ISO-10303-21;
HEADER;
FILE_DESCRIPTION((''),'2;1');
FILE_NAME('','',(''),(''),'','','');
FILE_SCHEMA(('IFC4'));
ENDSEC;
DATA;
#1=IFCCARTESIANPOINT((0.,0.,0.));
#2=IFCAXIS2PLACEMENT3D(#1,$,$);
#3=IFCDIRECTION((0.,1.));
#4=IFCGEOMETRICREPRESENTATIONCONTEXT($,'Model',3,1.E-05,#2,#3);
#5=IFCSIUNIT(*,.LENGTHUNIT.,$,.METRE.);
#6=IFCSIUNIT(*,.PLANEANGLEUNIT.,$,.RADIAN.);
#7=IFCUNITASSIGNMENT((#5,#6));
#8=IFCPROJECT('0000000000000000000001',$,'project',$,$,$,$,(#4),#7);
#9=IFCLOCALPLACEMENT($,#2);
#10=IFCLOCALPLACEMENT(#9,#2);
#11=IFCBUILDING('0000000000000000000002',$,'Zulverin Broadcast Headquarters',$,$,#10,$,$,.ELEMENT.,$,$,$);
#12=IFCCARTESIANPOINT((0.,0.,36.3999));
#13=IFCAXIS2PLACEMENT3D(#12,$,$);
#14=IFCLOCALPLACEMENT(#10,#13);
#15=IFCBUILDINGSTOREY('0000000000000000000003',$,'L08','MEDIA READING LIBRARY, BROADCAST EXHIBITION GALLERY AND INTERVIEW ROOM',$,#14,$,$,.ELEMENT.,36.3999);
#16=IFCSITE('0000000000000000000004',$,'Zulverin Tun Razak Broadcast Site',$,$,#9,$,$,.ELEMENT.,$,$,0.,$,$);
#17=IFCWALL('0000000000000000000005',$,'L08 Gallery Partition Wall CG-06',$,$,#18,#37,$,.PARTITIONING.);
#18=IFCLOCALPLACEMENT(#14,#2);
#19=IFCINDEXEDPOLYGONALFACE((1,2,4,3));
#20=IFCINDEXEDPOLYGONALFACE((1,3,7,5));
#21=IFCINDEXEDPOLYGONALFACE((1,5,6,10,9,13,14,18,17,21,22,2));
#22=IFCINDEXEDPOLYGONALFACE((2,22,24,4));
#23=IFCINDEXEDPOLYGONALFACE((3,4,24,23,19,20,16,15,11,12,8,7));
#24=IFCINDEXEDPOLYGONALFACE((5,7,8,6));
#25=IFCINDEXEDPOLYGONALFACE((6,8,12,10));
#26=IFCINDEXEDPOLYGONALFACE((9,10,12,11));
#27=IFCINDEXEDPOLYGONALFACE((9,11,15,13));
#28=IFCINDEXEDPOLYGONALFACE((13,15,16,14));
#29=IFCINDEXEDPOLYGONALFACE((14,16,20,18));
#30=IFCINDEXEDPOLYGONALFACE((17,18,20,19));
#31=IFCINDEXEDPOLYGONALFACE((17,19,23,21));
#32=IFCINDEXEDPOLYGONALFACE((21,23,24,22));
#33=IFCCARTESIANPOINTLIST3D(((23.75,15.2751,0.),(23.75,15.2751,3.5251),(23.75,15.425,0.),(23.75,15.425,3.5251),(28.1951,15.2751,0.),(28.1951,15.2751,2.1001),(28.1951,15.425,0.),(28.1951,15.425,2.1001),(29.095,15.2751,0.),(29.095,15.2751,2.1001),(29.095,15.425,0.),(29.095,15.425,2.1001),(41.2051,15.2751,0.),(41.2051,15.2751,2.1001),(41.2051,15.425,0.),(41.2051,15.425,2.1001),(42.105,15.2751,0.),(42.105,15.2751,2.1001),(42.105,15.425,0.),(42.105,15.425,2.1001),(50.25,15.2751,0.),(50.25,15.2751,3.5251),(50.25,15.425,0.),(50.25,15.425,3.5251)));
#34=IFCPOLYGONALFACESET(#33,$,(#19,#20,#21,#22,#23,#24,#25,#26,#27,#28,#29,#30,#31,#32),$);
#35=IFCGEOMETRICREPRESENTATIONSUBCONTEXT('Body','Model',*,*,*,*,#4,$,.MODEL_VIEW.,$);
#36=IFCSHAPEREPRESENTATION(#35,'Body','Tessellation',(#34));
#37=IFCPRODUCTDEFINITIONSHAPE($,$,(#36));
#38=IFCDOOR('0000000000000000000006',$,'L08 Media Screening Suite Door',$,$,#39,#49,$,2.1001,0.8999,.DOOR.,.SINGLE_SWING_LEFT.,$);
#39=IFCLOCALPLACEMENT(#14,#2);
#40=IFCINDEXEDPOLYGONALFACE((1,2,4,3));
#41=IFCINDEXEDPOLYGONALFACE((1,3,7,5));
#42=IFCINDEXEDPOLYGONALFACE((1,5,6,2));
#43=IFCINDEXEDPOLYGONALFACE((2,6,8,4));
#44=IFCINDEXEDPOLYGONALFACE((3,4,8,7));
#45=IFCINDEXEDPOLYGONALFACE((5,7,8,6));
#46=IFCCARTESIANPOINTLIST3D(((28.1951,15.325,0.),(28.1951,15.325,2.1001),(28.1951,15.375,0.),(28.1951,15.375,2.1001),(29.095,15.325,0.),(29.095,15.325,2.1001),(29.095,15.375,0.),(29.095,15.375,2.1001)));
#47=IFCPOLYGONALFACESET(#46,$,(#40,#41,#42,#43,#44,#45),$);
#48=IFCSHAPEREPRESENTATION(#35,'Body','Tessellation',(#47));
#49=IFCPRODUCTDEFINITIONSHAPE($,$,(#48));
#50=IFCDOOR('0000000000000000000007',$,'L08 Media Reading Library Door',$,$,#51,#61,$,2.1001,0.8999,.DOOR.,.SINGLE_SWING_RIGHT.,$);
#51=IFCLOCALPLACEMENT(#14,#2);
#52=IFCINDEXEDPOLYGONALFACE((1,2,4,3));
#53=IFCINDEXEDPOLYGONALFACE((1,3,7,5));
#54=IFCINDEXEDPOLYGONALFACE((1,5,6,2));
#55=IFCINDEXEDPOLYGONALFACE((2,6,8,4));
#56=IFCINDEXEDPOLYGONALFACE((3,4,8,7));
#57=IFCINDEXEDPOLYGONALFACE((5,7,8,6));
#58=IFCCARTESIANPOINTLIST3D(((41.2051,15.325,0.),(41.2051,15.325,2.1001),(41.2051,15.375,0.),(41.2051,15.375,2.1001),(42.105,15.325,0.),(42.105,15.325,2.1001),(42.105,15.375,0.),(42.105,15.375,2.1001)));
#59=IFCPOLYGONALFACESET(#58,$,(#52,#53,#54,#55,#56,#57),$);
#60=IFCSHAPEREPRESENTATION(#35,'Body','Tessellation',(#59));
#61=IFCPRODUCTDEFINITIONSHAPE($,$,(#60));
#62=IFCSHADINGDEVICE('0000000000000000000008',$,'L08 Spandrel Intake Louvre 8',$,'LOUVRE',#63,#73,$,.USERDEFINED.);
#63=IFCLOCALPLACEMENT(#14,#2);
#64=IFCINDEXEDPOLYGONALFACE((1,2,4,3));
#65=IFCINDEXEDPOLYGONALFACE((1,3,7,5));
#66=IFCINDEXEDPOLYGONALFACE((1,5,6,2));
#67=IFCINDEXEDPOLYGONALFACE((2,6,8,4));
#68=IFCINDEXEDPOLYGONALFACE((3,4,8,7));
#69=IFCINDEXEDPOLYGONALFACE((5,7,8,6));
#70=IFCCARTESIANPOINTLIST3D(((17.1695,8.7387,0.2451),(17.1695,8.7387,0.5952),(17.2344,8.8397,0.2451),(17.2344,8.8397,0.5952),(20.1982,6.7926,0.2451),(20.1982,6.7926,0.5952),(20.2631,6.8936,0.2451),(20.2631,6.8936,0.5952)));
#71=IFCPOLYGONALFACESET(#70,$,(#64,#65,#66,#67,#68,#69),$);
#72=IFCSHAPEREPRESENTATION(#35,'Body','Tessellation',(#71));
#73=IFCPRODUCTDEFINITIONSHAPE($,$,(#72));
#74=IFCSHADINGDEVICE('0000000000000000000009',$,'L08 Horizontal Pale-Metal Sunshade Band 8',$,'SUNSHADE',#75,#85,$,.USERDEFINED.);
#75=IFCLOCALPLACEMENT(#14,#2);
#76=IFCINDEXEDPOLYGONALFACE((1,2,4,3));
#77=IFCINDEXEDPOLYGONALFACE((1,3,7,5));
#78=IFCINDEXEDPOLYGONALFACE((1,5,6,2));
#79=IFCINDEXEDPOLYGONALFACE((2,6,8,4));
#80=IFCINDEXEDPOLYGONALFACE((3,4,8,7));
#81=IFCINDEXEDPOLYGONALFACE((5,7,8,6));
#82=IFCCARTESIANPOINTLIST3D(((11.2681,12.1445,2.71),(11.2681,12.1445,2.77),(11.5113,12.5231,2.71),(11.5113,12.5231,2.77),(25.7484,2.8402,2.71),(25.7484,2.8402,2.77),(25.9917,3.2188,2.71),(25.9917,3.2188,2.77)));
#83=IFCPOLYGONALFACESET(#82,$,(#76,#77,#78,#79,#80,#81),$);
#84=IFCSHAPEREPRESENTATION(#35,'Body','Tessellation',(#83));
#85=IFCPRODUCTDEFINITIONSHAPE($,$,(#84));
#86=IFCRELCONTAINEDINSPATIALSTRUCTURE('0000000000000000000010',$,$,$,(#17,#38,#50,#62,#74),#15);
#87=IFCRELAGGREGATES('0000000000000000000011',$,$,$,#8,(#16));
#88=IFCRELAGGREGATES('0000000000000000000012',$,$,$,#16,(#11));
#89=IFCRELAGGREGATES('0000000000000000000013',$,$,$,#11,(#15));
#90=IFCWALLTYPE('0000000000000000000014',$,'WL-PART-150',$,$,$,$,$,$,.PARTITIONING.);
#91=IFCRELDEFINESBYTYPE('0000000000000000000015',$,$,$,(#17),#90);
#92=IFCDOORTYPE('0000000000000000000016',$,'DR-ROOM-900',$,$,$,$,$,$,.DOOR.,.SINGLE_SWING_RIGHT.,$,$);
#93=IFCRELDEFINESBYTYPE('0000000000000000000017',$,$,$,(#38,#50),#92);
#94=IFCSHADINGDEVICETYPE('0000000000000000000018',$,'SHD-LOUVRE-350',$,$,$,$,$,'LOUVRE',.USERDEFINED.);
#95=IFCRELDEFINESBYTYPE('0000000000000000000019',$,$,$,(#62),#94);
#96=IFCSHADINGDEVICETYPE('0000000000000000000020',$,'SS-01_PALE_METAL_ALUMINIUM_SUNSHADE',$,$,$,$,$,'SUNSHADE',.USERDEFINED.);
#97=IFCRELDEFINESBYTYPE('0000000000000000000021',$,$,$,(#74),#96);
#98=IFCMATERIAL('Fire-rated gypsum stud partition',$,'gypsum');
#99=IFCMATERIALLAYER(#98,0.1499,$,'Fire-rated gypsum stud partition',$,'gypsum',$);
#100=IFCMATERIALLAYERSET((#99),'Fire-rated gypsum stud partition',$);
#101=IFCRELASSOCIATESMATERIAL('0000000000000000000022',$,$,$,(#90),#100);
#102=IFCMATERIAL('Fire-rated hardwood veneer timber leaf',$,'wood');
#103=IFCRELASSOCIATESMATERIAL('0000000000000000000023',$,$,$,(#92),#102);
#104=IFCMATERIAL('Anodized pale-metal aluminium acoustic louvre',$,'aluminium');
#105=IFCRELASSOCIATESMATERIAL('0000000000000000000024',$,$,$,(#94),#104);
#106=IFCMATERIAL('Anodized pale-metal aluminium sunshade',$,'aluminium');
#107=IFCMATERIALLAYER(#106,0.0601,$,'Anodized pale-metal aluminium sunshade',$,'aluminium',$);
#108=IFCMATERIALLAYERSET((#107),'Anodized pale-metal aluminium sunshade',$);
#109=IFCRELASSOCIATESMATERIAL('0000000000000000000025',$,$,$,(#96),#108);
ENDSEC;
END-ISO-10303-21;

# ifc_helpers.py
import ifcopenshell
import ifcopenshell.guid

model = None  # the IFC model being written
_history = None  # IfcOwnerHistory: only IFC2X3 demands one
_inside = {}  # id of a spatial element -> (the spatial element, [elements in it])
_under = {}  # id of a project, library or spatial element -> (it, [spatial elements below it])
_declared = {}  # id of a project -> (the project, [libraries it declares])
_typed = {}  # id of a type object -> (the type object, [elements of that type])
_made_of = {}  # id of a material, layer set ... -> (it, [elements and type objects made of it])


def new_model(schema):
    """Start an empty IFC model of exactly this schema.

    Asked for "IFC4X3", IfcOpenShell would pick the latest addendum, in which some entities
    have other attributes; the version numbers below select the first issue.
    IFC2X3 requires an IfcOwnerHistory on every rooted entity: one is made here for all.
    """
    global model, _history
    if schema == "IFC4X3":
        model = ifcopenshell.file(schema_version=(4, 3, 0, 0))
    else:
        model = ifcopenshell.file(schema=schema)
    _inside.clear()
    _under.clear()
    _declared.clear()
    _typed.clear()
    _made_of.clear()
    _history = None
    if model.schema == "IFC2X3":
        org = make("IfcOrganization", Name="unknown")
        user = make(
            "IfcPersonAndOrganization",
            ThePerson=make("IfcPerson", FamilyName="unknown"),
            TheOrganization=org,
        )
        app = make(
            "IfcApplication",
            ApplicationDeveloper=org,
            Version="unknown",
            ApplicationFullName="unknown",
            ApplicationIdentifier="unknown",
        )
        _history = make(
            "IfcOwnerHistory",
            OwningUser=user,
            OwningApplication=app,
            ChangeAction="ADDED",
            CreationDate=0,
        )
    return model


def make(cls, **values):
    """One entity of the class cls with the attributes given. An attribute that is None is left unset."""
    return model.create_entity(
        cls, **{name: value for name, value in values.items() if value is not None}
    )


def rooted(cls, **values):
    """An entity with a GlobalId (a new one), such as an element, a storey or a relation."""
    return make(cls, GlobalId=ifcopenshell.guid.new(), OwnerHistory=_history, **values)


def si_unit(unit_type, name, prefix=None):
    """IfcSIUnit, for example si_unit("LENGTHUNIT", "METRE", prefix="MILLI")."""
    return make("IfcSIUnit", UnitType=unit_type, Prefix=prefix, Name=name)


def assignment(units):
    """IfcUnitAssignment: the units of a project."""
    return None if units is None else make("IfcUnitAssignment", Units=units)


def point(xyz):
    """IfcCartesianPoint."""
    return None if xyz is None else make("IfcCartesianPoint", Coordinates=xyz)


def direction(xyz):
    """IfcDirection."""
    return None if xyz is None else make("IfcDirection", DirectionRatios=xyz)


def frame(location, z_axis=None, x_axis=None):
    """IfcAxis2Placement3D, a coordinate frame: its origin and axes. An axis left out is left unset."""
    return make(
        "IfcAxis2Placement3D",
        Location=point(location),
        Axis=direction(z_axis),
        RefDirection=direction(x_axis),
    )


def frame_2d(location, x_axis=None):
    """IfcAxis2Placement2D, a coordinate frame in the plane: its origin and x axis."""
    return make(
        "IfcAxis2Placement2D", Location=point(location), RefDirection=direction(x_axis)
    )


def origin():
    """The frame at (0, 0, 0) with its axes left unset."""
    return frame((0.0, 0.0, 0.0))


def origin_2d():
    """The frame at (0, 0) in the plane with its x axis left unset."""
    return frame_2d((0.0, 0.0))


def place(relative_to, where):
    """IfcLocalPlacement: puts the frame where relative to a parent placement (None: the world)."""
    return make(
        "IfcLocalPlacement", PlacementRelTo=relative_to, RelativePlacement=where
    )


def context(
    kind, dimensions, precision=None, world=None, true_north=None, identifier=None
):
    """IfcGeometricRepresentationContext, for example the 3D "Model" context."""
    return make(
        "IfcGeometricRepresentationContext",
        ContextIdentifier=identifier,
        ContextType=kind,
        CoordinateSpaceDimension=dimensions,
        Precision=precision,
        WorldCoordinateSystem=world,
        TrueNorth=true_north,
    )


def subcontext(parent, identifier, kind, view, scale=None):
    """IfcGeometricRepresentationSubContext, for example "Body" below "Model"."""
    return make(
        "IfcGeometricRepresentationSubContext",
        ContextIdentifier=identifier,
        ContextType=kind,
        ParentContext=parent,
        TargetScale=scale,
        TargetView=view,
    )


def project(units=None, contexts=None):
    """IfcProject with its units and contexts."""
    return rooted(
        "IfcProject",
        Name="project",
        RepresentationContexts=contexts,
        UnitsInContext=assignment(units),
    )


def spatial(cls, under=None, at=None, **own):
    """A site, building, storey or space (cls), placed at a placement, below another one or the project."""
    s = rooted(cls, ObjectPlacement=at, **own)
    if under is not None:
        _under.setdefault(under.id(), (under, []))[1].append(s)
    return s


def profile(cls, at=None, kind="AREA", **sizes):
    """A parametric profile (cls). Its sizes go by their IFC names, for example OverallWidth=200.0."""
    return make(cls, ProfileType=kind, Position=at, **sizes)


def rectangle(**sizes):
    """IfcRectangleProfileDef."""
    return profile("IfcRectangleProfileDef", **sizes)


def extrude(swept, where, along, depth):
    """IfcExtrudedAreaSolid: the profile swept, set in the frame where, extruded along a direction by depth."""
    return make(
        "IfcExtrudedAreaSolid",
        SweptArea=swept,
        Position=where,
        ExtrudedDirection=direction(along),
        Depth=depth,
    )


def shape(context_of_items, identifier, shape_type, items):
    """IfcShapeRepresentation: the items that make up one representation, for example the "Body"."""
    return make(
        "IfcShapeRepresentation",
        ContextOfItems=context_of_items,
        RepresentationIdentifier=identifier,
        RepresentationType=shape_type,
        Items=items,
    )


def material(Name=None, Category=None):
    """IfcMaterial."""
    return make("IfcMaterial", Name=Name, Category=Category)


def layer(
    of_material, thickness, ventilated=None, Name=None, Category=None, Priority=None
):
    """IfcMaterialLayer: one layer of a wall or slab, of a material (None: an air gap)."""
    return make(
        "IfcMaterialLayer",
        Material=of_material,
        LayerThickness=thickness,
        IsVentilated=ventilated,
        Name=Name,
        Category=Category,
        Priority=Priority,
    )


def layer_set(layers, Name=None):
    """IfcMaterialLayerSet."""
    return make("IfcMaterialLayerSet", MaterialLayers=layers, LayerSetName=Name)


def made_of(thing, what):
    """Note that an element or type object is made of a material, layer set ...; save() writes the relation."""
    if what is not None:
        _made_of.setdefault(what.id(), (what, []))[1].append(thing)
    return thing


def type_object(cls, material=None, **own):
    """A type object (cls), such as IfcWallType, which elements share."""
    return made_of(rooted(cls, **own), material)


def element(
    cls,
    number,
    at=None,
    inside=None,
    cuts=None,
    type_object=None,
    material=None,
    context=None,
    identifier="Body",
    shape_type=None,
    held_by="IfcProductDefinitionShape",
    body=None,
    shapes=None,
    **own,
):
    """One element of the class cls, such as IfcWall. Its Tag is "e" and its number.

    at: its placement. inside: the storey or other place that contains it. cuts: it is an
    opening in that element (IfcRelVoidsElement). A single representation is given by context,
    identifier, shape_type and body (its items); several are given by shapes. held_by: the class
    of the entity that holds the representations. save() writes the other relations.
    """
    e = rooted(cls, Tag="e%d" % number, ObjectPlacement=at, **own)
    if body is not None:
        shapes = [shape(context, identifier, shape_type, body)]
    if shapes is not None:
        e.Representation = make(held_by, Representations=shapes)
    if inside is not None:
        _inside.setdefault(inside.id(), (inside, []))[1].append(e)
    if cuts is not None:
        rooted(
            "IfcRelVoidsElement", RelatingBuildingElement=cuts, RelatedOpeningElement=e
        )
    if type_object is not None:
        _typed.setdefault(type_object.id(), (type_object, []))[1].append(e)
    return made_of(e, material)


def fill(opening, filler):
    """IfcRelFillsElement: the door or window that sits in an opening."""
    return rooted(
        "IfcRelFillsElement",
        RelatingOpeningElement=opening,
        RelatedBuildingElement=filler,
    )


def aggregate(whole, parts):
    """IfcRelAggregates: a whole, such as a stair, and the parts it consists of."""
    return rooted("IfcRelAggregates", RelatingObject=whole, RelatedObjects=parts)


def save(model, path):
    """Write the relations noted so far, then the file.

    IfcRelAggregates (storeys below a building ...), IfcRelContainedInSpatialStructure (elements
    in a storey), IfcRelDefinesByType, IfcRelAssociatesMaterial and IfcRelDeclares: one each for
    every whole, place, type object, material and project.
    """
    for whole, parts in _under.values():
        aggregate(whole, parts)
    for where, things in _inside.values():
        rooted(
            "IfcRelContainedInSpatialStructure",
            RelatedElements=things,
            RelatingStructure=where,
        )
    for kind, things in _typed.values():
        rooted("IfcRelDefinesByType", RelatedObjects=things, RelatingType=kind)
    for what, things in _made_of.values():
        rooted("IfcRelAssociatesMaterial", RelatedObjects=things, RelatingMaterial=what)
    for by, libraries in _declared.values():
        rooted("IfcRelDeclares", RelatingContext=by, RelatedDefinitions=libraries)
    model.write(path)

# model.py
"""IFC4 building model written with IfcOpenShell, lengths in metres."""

from ifc_helpers import new_model, si_unit, direction, frame, frame_2d, origin, origin_2d, place, context, subcontext, project, spatial, rectangle, extrude, material, layer, layer_set, type_object, element, fill, save


model = new_model("IFC4")

# Units and contexts
model_context = context("Model", 3, precision=1e-05, world=origin(), true_north=direction((0.0, 1.0)))
body_context = subcontext(model_context, "Body", "Model", "MODEL_VIEW")
ifc_project = project(units=[si_unit("LENGTHUNIT", "METRE"), si_unit("PLANEANGLEUNIT", "RADIAN")], contexts=[model_context])

# Site, building, storey
site_placement = place(None, origin())
site = spatial("IfcSite", under=ifc_project, at=site_placement, Name="Zulverin Tun Razak Broadcast Site", CompositionType="ELEMENT", RefElevation=0.0)
building_placement = place(site_placement, origin())
building = spatial("IfcBuilding", under=site, at=building_placement, Name="Zulverin Broadcast Headquarters", CompositionType="ELEMENT")
storey_placement = place(building_placement, frame((0.0, 0.0, 36.3999)))
storey = spatial("IfcBuildingStorey", under=building, at=storey_placement, Name="L08", Description="MEDIA READING LIBRARY, BROADCAST EXHIBITION GALLERY AND INTERVIEW ROOM", CompositionType="ELEMENT", Elevation=36.3999)

# Wall, openings, doors
ifc_material_1 = material(Name="Fire-rated gypsum stud partition", Category="gypsum")
ifc_layer_1 = layer(ifc_material_1, 0.1499, Name="Fire-rated gypsum stud partition", Category="gypsum")
ifc_layer_set_1 = layer_set([ifc_layer_1], Name="Fire-rated gypsum stud partition")
wall_type_1 = type_object("IfcWallType", Name="WL-PART-150", PredefinedType="PARTITIONING", material=ifc_layer_set_1)
ifc_material_2 = material(Name="Fire-rated hardwood veneer timber leaf", Category="wood")
door_type = type_object("IfcDoorType", Name="DR-ROOM-900", OperationType="SINGLE_SWING_RIGHT", PredefinedType="DOOR", material=ifc_material_2)
wall_1_placement = place(storey_placement, frame((23.75, 15.3501, 0.0), z_axis=(0.0, 0.0, 1.0), x_axis=(1.0, 0.0, 0.0)))
wall_1 = element("IfcWall", 1, at=wall_1_placement, inside=storey, type_object=wall_type_1, Name="L08 Gallery Partition Wall CG-06", PredefinedType="PARTITIONING", context=body_context, shape_type="SweptSolid", body=[
    extrude(rectangle(XDim=26.5, YDim=0.1499, at=frame_2d((13.25, 0.0))), origin(), (0.0, 0.0, 1.0), 3.5251),
])
opening_1_placement = place(wall_1_placement, frame((4.4451, 0.0, 0.0)))
opening_1 = element("IfcOpeningElement", 2, at=opening_1_placement, cuts=wall_1, PredefinedType="OPENING", context=body_context, shape_type="SweptSolid", body=[
    extrude(rectangle(XDim=0.8999, YDim=2.1001, at=frame_2d((0.45, 1.05))), frame((0.0, 0.085, 0.0), z_axis=(0.0, -1.0, 0.0), x_axis=(1.0, 0.0, 0.0)), (0.0, 0.0, 1.0), 0.1699),
])
opening_2_placement = place(wall_1_placement, frame((17.4551, 0.0, 0.0)))
opening_2 = element("IfcOpeningElement", 3, at=opening_2_placement, cuts=wall_1, PredefinedType="OPENING", context=body_context, shape_type="SweptSolid", body=[
    extrude(rectangle(XDim=0.8999, YDim=2.1001, at=frame_2d((0.45, 1.05))), frame((0.0, 0.085, 0.0), z_axis=(0.0, -1.0, 0.0), x_axis=(1.0, 0.0, 0.0)), (0.0, 0.0, 1.0), 0.1699),
])
door_1_placement = place(opening_1_placement, origin())
door_1 = element("IfcDoor", 4, at=door_1_placement, inside=storey, type_object=door_type, Name="L08 Media Screening Suite Door", OperationType="SINGLE_SWING_LEFT", OverallHeight=2.1001, OverallWidth=0.8999, PredefinedType="DOOR", context=body_context, shape_type="SweptSolid", body=[
    extrude(rectangle(XDim=0.8999, YDim=2.1001, at=frame_2d((0.45, 1.05))), frame((0.0, 0.0249, 0.0), z_axis=(0.0, -1.0, 0.0), x_axis=(1.0, 0.0, 0.0)), (0.0, 0.0, 1.0), 0.05),
])
fill(opening_1, door_1)
door_2_placement = place(opening_2_placement, origin())
door_2 = element("IfcDoor", 5, at=door_2_placement, inside=storey, type_object=door_type, Name="L08 Media Reading Library Door", OperationType="SINGLE_SWING_RIGHT", OverallHeight=2.1001, OverallWidth=0.8999, PredefinedType="DOOR", context=body_context, shape_type="SweptSolid", body=[
    extrude(rectangle(XDim=0.8999, YDim=2.1001, at=frame_2d((0.45, 1.05))), frame((0.0, 0.0249, 0.0), z_axis=(0.0, -1.0, 0.0), x_axis=(1.0, 0.0, 0.0)), (0.0, 0.0, 1.0), 0.05),
])
fill(opening_2, door_2)

# Shading devices
ifc_material_3 = material(Name="Anodized pale-metal aluminium acoustic louvre", Category="aluminium")
shading_device_type_1 = type_object("IfcShadingDeviceType", Name="SHD-LOUVRE-350", ElementType="LOUVRE", PredefinedType="USERDEFINED", material=ifc_material_3)
shading_device_1_placement = place(storey_placement, frame((18.7163, 7.8162, 0.2451), z_axis=(0.0, 0.0, 1.0), x_axis=(0.841297, -0.540574, 0.0)))
element("IfcShadingDevice", 6, at=shading_device_1_placement, inside=storey, type_object=shading_device_type_1, Name="L08 Spandrel Intake Louvre 8", ObjectType="LOUVRE", PredefinedType="USERDEFINED", context=body_context, shape_type="SweptSolid", body=[
    extrude(rectangle(XDim=3.6001, YDim=0.1201, at=origin_2d()), origin(), (0.0, 0.0, 1.0), 0.3501),
])
ifc_material_4 = material(Name="Anodized pale-metal aluminium sunshade", Category="aluminium")
ifc_layer_2 = layer(ifc_material_4, 0.0601, Name="Anodized pale-metal aluminium sunshade", Category="aluminium")
ifc_layer_set_2 = layer_set([ifc_layer_2], Name="Anodized pale-metal aluminium sunshade")
shading_device_type_2 = type_object("IfcShadingDeviceType", Name="SS-01_PALE_METAL_ALUMINIUM_SUNSHADE", ElementType="SUNSHADE", PredefinedType="USERDEFINED", material=ifc_layer_set_2)
shading_device_2_placement = place(storey_placement, frame((18.6299, 7.6816, 2.71), z_axis=(0.0, 0.0, 1.0), x_axis=(0.841297, -0.540574, 0.0)))
element("IfcShadingDevice", 7, at=shading_device_2_placement, inside=storey, type_object=shading_device_type_2, Name="L08 Horizontal Pale-Metal Sunshade Band 8", ObjectType="SUNSHADE", PredefinedType="USERDEFINED", context=body_context, shape_type="SweptSolid", body=[
    extrude(rectangle(XDim=17.2119, YDim=0.45, at=origin_2d()), origin(), (0.0, 0.0, 1.0), 0.0601),
])

save(model, "model.ifc")
